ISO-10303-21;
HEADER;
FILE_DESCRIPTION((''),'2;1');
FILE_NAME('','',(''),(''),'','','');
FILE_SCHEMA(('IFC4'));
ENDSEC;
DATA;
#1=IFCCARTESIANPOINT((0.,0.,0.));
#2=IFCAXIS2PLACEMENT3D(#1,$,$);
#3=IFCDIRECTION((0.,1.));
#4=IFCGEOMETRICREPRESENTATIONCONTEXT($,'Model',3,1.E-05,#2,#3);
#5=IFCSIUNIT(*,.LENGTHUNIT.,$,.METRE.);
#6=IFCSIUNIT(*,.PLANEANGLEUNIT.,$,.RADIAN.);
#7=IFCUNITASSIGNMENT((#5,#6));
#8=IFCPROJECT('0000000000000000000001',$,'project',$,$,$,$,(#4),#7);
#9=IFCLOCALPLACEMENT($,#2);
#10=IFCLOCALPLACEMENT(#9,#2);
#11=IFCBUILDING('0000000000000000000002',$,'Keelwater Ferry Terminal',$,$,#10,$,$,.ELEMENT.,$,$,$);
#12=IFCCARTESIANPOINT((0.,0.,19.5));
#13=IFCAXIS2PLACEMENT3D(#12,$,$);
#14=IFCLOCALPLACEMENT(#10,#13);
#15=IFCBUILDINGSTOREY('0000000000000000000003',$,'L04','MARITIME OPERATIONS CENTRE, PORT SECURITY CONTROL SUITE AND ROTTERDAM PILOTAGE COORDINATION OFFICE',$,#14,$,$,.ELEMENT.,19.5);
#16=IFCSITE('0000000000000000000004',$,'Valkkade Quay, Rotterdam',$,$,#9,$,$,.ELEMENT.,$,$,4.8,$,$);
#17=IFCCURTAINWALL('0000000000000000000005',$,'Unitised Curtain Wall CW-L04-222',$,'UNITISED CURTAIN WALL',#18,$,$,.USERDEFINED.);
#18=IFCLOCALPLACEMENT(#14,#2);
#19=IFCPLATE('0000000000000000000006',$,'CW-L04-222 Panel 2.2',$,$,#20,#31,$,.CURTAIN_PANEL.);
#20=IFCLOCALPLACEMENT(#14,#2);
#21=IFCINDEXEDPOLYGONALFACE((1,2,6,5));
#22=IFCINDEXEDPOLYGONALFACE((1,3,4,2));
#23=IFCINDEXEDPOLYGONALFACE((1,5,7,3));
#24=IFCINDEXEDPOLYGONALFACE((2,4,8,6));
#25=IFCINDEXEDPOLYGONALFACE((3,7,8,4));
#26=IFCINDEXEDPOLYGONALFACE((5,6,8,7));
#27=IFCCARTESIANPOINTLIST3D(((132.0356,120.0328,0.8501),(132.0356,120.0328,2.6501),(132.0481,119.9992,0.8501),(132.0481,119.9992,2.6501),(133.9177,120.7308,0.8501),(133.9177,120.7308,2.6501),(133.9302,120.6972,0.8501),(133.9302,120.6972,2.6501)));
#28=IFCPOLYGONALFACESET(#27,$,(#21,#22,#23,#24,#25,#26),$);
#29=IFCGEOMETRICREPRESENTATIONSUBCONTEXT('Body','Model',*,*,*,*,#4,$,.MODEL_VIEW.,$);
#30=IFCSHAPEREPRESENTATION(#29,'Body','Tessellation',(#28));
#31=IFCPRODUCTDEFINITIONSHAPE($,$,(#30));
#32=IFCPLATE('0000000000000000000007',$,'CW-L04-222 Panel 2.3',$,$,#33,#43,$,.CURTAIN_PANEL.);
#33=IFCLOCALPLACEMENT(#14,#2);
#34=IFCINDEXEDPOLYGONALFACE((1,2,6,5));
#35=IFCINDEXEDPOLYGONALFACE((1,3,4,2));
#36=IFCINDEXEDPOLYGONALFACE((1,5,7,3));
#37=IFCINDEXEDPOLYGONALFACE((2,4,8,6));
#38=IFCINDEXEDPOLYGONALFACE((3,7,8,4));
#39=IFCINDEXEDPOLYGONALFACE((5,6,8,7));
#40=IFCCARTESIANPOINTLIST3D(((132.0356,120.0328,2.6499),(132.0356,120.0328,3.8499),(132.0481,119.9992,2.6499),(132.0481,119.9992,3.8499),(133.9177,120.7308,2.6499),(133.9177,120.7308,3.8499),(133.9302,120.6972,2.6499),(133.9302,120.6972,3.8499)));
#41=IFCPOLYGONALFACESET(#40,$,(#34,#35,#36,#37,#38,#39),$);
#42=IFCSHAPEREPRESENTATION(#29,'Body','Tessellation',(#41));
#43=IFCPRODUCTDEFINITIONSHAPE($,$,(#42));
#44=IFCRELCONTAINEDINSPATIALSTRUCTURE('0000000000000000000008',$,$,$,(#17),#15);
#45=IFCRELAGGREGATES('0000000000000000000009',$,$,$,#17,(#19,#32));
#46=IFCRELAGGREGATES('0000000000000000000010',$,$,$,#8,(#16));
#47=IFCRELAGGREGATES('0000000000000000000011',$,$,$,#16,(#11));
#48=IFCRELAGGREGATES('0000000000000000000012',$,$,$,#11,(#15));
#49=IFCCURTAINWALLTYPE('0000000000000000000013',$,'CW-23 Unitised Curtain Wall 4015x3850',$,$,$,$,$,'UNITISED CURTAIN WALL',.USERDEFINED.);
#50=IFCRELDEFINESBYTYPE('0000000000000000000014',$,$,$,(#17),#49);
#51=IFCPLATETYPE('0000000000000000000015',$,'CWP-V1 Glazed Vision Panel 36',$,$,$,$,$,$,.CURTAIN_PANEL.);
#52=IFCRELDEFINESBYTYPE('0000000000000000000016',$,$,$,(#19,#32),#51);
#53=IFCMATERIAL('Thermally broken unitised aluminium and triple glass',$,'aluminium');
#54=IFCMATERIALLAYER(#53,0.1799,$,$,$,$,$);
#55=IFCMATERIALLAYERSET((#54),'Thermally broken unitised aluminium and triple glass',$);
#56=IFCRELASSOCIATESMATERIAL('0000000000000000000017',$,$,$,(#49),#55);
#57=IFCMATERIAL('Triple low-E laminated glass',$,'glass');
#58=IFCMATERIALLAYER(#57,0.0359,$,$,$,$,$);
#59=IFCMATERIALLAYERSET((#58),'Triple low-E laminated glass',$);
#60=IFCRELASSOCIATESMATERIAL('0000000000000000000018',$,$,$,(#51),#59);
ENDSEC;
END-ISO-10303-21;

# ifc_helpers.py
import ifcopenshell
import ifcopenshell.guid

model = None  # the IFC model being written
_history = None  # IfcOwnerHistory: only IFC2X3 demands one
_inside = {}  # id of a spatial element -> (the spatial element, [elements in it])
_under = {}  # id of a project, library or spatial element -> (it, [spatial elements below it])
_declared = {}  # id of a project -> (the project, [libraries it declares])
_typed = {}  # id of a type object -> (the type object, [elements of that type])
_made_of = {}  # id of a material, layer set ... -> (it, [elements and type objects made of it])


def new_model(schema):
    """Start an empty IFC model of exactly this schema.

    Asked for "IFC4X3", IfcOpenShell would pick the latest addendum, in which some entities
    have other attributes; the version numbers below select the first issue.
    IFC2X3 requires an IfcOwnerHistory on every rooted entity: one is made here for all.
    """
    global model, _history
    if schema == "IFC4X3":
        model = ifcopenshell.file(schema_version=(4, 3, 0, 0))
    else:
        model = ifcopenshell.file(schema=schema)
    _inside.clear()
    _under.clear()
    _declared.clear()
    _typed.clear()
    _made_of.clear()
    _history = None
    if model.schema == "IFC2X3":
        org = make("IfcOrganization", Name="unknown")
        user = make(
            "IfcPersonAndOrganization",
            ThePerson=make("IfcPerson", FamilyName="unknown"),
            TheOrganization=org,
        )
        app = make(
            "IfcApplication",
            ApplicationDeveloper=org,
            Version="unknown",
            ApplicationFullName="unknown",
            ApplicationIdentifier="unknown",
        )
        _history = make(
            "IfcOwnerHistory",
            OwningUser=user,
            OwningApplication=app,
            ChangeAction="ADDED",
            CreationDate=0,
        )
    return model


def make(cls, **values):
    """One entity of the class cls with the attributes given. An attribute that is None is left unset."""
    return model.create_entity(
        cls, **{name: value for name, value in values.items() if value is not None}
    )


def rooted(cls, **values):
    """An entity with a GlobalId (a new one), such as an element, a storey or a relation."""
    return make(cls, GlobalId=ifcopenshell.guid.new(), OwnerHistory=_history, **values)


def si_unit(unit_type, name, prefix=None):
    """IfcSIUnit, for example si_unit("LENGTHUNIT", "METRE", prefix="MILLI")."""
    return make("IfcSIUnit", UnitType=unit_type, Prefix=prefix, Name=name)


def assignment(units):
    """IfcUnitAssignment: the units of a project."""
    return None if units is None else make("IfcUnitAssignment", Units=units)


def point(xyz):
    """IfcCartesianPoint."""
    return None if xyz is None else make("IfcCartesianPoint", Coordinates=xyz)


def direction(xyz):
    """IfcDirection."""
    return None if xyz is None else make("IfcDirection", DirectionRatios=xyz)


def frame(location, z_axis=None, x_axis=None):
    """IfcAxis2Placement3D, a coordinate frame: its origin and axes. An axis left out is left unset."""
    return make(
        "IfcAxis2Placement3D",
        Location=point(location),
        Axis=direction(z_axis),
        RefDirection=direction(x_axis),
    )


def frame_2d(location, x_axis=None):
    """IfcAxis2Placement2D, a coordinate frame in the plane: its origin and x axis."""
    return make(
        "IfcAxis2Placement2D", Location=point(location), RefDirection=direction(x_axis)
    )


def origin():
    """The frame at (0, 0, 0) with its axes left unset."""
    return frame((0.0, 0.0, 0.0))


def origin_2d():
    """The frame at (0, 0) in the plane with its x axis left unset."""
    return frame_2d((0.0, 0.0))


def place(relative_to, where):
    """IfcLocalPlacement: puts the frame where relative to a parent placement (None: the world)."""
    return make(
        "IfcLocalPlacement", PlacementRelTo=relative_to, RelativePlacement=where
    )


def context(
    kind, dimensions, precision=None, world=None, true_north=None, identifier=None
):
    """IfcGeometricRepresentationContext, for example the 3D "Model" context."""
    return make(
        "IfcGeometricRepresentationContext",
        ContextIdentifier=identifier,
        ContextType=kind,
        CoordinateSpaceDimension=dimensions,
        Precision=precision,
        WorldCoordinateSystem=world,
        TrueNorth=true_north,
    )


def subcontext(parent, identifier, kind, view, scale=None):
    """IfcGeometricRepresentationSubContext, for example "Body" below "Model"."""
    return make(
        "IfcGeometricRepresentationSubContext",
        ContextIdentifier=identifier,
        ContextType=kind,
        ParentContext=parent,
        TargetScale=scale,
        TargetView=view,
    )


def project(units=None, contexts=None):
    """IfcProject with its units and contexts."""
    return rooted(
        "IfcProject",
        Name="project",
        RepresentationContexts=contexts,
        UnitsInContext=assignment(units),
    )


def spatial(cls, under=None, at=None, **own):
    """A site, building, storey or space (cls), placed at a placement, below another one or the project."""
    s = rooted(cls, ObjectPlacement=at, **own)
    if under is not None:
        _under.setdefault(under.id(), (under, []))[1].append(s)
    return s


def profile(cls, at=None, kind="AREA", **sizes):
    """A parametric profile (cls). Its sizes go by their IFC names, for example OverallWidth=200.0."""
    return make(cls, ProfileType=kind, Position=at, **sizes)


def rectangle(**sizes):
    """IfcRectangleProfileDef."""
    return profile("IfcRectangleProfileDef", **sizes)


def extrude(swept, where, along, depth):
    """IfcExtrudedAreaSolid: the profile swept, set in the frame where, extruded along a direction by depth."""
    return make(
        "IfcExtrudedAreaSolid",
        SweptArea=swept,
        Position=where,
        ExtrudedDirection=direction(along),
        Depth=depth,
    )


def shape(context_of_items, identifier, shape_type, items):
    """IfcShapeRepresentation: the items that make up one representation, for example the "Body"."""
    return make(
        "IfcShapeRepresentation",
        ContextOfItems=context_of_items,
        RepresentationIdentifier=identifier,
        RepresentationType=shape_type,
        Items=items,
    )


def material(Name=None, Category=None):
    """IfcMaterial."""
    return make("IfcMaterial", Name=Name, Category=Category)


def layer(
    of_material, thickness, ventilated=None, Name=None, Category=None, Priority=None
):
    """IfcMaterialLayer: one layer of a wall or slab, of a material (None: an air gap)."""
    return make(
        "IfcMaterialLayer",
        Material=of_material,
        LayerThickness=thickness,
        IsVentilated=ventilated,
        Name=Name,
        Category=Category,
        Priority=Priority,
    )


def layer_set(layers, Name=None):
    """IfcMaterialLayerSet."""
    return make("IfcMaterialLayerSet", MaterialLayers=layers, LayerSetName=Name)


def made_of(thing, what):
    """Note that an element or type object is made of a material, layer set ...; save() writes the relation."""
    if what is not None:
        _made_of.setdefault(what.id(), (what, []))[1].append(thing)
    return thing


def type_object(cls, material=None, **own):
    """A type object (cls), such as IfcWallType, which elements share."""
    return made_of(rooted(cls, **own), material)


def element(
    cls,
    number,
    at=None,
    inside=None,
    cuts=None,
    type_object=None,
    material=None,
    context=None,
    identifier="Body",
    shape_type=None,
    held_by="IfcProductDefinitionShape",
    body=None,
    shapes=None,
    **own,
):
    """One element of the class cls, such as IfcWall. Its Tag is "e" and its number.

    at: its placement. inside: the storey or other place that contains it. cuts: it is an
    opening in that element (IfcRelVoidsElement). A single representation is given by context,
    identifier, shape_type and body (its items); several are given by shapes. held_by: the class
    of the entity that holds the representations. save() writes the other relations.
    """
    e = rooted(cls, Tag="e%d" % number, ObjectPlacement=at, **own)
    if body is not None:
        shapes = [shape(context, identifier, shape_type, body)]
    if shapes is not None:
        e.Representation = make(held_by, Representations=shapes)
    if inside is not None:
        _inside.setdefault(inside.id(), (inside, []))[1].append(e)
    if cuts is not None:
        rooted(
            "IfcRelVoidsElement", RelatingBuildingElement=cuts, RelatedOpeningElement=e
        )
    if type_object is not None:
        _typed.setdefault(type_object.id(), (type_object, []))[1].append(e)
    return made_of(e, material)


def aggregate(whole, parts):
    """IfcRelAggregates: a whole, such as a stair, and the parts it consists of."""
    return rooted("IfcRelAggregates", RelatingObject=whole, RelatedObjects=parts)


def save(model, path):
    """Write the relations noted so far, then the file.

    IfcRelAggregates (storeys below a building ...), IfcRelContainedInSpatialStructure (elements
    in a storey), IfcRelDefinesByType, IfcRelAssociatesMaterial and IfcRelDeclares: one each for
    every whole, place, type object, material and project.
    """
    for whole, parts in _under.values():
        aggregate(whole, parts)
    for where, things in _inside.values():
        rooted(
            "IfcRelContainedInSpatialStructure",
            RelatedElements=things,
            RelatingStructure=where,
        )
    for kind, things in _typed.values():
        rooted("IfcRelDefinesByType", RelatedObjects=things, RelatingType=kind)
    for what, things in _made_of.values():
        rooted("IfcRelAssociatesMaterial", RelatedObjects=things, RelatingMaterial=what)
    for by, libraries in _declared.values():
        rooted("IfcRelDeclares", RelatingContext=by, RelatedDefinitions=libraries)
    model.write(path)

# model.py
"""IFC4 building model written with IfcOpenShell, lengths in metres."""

from ifc_helpers import new_model, si_unit, direction, frame, origin, origin_2d, place, context, subcontext, project, spatial, rectangle, extrude, material, layer, layer_set, type_object, element, aggregate, save


model = new_model("IFC4")

# Units and contexts
model_context = context("Model", 3, precision=1e-05, world=origin(), true_north=direction((0.0, 1.0)))
body_context = subcontext(model_context, "Body", "Model", "MODEL_VIEW")
ifc_project = project(units=[si_unit("LENGTHUNIT", "METRE"), si_unit("PLANEANGLEUNIT", "RADIAN")], contexts=[model_context])

# Site, building, storey
site_placement = place(None, origin())
site = spatial("IfcSite", under=ifc_project, at=site_placement, Name="Valkkade Quay, Rotterdam", CompositionType="ELEMENT", RefElevation=4.8)
building_placement = place(site_placement, origin())
building = spatial("IfcBuilding", under=site, at=building_placement, Name="Keelwater Ferry Terminal", CompositionType="ELEMENT")
storey_placement = place(building_placement, frame((0.0, 0.0, 19.5)))
storey = spatial("IfcBuildingStorey", under=building, at=storey_placement, Name="L04", Description="MARITIME OPERATIONS CENTRE, PORT SECURITY CONTROL SUITE AND ROTTERDAM PILOTAGE COORDINATION OFFICE", CompositionType="ELEMENT", Elevation=19.5)

# Curtain wall
ifc_material_1 = material(Name="Thermally broken unitised aluminium and triple glass", Category="aluminium")
ifc_layer_1 = layer(ifc_material_1, 0.1799)
ifc_layer_set_1 = layer_set([ifc_layer_1], Name="Thermally broken unitised aluminium and triple glass")
curtain_wall_type = type_object("IfcCurtainWallType", Name="CW-23 Unitised Curtain Wall 4015x3850", ElementType="UNITISED CURTAIN WALL", PredefinedType="USERDEFINED", material=ifc_layer_set_1)
curtain_wall_placement = place(storey_placement, origin())
curtain_wall = element("IfcCurtainWall", 1, at=curtain_wall_placement, inside=storey, type_object=curtain_wall_type, Name="Unitised Curtain Wall CW-L04-222", ObjectType="UNITISED CURTAIN WALL", PredefinedType="USERDEFINED")

# Plates
ifc_material_2 = material(Name="Triple low-E laminated glass", Category="glass")
ifc_layer_2 = layer(ifc_material_2, 0.0359)
ifc_layer_set_2 = layer_set([ifc_layer_2], Name="Triple low-E laminated glass")
plate_type_1 = type_object("IfcPlateType", Name="CWP-V1 Glazed Vision Panel 36", PredefinedType="CURTAIN_PANEL", material=ifc_layer_set_2)
plate_1_placement = place(storey_placement, frame((132.9829, 120.365, 0.8501), z_axis=(0.0, 0.0, 1.0), x_axis=(-0.937592, -0.347736, 0.0)))
plate_1 = element("IfcPlate", 2, at=plate_1_placement, type_object=plate_type_1, Name="CW-L04-222 Panel 2.2", PredefinedType="CURTAIN_PANEL", context=body_context, shape_type="SweptSolid", body=[
    extrude(rectangle(XDim=2.0073, YDim=0.0359, at=origin_2d()), origin(), (0.0, 0.0, 1.0), 1.8),
])
plate_2_placement = place(storey_placement, frame((132.9829, 120.365, 2.6499), z_axis=(0.0, 0.0, 1.0), x_axis=(-0.937592, -0.347736, 0.0)))
plate_2 = element("IfcPlate", 3, at=plate_2_placement, type_object=plate_type_1, Name="CW-L04-222 Panel 2.3", PredefinedType="CURTAIN_PANEL", context=body_context, shape_type="SweptSolid", body=[
    extrude(rectangle(XDim=2.0073, YDim=0.0359, at=origin_2d()), origin(), (0.0, 0.0, 1.0), 1.2),
])
aggregate(curtain_wall, [plate_1, plate_2])

save(model, "model.ifc")
